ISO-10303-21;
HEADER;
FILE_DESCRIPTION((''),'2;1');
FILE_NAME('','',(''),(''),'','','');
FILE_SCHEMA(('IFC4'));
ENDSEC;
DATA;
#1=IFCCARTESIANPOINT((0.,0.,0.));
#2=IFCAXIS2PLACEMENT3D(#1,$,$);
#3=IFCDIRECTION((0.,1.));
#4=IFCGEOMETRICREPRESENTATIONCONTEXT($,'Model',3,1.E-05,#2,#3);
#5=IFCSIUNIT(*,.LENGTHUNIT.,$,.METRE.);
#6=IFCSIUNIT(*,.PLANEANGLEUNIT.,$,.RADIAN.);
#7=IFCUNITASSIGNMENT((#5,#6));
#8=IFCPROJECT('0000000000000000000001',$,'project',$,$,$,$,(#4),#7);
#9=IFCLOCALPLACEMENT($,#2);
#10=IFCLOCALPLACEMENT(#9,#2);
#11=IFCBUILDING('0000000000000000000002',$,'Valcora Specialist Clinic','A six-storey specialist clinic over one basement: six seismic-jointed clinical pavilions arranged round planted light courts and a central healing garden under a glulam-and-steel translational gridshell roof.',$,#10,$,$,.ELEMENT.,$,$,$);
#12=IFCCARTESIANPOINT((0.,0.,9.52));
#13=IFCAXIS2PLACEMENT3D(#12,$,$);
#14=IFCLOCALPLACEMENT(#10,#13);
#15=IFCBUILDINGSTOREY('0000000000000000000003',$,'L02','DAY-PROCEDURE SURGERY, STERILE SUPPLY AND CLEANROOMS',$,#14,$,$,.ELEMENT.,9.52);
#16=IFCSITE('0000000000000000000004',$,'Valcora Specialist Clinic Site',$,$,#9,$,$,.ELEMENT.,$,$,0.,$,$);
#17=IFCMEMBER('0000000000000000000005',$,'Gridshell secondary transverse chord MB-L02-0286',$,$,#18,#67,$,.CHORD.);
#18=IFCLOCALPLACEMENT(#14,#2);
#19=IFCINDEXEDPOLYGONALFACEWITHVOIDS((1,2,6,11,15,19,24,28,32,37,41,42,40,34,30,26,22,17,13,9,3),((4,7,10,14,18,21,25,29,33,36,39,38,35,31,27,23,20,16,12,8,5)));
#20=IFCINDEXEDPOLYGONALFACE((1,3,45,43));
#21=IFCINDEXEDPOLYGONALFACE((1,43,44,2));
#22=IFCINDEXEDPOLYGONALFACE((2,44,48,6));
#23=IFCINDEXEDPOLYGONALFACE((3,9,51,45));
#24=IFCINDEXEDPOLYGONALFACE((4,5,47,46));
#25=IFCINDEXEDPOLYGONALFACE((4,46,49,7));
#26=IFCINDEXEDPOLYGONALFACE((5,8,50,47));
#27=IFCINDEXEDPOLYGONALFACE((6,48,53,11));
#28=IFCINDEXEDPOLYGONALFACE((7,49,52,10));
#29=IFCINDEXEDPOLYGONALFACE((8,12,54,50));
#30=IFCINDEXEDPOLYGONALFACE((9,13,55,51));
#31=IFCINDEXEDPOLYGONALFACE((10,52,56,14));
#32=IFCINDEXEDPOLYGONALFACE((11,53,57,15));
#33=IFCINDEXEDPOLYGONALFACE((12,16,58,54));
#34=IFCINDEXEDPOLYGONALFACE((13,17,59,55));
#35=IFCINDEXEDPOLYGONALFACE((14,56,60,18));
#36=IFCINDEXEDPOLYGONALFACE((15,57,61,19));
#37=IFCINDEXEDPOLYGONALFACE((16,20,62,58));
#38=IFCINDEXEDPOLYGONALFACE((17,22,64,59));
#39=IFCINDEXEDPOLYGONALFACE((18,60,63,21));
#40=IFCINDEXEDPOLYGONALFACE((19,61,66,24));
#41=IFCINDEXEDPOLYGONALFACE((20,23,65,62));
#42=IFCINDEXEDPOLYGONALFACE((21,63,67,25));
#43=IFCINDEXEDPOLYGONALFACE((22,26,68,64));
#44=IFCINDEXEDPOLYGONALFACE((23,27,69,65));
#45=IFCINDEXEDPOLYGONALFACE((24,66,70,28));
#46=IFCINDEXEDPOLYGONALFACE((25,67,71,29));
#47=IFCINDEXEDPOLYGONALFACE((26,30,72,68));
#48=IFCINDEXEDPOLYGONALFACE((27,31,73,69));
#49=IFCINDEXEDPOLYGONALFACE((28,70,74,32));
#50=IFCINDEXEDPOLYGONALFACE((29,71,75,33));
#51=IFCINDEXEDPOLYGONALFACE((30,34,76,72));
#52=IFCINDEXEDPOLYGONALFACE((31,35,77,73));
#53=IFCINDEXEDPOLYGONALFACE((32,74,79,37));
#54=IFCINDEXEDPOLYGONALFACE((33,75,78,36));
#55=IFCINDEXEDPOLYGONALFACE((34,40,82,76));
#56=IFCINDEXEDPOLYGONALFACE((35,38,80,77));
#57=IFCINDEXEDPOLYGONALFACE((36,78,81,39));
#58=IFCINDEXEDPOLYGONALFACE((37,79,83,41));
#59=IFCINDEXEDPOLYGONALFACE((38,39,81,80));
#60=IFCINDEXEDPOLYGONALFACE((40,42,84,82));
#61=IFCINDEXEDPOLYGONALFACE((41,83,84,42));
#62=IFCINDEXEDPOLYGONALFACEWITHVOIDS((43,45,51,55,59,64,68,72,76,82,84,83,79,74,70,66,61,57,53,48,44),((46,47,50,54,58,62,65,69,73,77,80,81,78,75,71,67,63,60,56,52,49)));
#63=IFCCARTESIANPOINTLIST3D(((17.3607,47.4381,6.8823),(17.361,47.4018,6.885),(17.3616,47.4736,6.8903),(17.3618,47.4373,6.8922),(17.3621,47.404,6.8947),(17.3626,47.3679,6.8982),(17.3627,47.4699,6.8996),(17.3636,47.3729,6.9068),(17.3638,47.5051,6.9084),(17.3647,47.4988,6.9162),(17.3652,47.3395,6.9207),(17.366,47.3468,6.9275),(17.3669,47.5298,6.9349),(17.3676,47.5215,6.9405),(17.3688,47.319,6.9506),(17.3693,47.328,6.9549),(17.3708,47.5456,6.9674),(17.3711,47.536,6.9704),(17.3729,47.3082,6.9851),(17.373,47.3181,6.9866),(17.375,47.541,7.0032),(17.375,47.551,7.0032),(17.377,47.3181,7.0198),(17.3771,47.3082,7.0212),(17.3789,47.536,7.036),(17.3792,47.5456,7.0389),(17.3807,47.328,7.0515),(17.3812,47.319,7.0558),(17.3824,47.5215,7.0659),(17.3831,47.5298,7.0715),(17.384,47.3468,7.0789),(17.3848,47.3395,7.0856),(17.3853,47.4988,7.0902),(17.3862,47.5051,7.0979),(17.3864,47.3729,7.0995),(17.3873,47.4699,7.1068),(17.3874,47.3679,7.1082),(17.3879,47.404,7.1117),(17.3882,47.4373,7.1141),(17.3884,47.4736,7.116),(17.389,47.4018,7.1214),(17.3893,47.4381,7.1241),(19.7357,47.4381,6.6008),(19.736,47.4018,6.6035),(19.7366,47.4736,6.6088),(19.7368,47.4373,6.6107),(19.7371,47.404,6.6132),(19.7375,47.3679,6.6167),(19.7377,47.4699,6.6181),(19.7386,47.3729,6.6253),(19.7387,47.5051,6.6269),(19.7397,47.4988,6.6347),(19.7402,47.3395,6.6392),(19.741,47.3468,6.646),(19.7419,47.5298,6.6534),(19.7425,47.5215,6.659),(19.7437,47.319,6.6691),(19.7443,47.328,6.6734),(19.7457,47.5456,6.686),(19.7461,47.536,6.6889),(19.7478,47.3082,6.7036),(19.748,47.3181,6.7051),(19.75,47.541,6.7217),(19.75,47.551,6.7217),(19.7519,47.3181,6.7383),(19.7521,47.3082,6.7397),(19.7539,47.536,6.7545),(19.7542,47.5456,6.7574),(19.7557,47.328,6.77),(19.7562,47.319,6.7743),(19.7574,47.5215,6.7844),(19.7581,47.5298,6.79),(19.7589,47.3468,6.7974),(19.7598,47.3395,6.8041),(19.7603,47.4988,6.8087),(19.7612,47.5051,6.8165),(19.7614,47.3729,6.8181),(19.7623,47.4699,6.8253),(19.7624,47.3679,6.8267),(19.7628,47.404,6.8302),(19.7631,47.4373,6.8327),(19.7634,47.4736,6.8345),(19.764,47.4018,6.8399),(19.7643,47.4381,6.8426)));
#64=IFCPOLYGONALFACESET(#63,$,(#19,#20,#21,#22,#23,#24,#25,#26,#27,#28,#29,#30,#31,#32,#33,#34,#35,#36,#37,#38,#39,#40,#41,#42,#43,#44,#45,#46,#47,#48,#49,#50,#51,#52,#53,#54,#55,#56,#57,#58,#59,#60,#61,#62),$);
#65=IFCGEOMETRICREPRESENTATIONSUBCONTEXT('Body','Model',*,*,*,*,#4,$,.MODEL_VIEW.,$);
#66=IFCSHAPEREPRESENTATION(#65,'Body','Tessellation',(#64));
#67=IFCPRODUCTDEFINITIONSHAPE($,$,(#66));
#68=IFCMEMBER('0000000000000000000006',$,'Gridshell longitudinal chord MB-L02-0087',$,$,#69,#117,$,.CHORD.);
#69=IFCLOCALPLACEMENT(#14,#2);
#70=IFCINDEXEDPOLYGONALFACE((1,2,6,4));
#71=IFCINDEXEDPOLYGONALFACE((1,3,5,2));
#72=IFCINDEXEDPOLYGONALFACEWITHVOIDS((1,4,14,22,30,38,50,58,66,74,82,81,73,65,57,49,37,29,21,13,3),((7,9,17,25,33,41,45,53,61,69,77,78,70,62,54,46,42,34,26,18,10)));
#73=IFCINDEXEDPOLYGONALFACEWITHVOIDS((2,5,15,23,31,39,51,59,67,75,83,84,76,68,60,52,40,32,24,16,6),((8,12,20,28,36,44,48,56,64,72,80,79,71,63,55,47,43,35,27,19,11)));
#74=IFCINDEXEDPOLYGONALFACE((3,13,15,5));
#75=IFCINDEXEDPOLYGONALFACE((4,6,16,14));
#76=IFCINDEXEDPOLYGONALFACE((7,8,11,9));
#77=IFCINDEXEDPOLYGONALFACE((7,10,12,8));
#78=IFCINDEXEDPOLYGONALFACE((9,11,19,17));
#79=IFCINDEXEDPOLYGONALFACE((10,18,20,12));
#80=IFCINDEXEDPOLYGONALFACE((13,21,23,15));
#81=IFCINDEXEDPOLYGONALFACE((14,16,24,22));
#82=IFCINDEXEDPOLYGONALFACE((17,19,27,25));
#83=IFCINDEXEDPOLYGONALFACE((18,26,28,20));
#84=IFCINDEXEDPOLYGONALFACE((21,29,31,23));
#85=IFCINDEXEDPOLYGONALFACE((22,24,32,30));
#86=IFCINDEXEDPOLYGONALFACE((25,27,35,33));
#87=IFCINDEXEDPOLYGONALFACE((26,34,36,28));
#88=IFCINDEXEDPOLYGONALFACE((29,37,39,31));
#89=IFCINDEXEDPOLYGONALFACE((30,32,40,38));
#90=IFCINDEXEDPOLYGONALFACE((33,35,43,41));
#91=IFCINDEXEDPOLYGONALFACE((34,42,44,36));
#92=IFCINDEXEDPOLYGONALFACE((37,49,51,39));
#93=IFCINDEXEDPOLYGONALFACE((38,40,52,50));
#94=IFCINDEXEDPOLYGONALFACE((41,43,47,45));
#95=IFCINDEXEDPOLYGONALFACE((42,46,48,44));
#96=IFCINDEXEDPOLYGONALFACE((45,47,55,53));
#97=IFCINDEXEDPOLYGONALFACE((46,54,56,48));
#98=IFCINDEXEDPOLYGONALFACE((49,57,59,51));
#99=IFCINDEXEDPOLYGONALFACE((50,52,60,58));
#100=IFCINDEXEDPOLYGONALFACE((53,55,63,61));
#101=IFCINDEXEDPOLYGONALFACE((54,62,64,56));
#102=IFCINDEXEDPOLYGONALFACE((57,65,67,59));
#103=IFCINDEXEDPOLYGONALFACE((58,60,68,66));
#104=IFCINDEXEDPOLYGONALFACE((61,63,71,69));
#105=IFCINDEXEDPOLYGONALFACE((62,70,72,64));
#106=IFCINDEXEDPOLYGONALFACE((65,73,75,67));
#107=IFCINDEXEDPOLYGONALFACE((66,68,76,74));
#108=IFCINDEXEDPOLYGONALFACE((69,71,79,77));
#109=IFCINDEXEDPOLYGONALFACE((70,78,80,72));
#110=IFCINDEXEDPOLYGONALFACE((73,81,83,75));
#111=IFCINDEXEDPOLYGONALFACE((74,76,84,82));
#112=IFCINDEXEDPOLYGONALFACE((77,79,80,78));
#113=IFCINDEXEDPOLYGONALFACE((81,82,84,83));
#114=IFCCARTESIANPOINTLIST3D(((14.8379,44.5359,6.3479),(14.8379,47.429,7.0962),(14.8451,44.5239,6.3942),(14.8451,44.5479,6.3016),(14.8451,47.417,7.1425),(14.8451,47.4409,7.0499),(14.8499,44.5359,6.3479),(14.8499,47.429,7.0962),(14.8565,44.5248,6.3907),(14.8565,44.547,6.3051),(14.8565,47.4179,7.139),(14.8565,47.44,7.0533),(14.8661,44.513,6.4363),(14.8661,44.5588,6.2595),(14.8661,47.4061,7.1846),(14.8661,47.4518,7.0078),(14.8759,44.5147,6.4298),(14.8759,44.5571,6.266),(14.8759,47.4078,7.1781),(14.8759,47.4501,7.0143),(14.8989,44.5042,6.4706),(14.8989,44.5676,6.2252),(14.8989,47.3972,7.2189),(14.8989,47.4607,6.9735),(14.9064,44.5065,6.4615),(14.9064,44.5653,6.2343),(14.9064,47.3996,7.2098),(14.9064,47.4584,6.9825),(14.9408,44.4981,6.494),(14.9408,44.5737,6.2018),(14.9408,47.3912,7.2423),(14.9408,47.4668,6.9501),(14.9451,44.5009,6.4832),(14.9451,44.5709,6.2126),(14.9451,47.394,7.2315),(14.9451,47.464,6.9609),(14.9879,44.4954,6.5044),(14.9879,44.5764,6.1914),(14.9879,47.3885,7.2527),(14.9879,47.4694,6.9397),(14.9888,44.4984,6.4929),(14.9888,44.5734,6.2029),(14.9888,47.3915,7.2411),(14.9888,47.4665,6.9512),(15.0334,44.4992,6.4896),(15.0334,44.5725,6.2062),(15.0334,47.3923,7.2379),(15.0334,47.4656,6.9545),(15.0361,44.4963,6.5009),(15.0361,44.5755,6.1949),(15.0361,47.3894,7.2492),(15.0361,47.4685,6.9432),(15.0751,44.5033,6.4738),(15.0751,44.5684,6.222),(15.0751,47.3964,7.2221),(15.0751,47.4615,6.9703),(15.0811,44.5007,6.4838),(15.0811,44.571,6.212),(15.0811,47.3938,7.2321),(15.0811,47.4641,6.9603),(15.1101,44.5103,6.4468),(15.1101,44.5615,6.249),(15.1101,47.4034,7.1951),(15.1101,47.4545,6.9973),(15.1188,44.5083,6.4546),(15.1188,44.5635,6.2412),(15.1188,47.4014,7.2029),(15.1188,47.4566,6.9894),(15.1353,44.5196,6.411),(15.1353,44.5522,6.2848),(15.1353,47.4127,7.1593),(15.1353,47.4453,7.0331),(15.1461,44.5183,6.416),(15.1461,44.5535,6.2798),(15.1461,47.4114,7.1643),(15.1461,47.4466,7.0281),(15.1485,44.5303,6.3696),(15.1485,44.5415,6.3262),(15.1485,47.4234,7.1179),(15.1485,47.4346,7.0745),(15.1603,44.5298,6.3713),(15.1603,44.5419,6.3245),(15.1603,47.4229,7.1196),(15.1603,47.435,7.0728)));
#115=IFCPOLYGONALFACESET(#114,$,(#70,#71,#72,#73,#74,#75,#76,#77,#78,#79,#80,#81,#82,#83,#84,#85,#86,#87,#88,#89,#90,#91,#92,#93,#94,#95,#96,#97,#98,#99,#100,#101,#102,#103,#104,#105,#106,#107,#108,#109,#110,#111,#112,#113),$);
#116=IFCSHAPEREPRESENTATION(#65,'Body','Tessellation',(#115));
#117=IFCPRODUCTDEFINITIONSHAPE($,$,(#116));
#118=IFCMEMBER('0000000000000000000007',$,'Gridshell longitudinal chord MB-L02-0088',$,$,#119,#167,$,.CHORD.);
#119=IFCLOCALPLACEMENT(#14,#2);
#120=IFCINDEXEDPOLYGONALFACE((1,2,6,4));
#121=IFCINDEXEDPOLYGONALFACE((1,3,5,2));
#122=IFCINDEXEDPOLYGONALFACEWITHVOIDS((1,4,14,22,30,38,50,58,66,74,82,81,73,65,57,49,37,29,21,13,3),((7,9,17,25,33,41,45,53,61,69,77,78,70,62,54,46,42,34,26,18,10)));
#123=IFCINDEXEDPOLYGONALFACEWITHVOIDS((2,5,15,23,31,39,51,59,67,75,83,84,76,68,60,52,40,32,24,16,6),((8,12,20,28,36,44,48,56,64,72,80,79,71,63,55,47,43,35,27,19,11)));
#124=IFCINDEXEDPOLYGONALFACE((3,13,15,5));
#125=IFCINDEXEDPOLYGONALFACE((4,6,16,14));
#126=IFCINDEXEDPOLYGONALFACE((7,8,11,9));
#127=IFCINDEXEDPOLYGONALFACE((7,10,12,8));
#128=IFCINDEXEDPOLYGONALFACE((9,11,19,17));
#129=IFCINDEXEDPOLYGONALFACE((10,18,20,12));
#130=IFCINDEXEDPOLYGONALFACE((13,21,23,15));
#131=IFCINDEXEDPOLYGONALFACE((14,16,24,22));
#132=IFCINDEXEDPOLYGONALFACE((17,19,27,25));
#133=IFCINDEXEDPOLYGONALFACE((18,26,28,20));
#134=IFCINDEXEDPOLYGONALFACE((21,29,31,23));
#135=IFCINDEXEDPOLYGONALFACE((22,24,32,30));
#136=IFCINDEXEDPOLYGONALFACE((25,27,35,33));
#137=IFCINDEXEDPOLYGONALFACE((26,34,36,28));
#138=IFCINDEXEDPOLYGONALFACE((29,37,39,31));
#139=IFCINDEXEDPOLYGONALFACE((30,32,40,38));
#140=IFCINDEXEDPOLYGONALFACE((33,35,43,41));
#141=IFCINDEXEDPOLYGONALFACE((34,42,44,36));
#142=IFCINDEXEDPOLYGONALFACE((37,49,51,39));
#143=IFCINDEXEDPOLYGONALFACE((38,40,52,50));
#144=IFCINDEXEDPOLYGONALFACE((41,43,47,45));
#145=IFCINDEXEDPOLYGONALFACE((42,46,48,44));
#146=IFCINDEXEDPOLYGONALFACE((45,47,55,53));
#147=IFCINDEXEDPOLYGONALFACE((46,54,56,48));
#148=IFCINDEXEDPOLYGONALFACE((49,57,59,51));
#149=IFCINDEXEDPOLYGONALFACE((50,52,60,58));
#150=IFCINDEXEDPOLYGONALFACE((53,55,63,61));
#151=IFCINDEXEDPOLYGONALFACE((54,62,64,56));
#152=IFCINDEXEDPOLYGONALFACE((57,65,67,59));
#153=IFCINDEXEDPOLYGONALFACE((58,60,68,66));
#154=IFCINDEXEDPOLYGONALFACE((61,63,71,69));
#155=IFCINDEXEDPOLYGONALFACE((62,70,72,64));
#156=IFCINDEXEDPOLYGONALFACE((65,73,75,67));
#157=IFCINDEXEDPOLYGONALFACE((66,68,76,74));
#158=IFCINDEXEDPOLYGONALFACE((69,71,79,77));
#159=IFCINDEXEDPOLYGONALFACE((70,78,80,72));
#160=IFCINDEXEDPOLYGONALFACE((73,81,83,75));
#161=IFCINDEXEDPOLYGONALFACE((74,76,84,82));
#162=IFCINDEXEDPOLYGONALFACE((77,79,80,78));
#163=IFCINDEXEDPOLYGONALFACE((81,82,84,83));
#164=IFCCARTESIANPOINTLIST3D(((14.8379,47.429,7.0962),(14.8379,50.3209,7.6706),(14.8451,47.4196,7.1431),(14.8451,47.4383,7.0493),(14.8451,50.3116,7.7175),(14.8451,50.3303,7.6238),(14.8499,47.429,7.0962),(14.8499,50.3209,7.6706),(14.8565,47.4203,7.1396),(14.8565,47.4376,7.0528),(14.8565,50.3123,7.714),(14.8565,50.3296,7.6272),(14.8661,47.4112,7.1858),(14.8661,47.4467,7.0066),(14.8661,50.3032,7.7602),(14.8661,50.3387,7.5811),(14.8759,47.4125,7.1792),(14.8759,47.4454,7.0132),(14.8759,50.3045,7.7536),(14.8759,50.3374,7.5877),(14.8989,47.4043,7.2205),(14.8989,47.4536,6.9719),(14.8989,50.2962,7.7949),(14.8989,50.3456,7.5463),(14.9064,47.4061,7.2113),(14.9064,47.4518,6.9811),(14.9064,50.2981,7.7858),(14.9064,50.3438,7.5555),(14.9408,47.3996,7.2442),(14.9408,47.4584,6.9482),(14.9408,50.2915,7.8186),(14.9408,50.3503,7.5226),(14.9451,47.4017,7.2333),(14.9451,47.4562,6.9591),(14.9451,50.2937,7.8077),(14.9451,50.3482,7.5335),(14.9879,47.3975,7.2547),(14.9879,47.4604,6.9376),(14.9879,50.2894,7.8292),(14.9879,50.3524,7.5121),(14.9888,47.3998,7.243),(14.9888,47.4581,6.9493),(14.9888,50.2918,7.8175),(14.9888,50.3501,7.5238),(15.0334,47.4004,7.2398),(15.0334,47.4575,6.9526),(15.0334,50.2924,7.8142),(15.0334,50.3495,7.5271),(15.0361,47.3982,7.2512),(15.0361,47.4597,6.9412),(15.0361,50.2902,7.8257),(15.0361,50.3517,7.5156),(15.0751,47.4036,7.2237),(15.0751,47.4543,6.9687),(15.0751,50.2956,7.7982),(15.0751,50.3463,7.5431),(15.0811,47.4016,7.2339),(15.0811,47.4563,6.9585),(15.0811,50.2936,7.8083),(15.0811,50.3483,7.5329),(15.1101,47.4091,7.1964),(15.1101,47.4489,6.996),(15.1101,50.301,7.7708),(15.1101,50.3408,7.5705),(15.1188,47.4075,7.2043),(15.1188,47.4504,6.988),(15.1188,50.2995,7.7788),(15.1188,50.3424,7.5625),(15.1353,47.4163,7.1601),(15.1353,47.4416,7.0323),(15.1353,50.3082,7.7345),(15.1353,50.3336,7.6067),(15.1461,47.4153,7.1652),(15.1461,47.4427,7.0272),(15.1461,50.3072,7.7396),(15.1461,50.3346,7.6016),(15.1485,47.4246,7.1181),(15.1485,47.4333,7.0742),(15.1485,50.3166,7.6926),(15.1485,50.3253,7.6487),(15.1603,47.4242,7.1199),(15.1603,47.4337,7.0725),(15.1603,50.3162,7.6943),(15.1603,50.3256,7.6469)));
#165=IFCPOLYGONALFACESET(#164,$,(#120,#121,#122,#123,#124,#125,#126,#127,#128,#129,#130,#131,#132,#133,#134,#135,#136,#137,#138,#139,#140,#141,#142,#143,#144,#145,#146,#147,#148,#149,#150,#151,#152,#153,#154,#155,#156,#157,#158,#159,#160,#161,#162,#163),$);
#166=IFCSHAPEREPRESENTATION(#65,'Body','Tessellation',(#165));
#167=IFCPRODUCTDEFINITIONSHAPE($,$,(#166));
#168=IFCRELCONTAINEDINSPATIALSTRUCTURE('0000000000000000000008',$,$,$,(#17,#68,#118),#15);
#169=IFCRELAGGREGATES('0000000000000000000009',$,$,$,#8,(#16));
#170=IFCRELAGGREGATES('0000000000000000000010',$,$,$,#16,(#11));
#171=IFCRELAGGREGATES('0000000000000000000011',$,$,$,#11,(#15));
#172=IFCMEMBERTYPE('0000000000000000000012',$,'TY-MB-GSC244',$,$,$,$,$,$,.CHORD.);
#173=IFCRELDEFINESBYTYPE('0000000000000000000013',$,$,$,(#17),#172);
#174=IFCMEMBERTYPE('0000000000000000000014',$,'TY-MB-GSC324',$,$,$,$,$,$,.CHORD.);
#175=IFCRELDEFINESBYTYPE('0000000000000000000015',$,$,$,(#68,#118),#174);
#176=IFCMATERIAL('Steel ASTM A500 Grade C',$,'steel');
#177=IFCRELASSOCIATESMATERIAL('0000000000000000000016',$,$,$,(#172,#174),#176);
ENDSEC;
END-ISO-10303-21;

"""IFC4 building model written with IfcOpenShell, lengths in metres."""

from ifc_helpers import new_model, si_unit, direction, frame, origin, origin_2d, place, context, subcontext, project, spatial, hollow_circle, extrude, material, material_profile, profile_set, type_object, element, save


model = new_model("IFC4")

# Units and contexts
model_context = context("Model", 3, precision=1e-05, world=origin(), true_north=direction((0.0, 1.0)))
body_context = subcontext(model_context, "Body", "Model", "MODEL_VIEW")
ifc_project = project(units=[si_unit("LENGTHUNIT", "METRE"), si_unit("PLANEANGLEUNIT", "RADIAN")], contexts=[model_context])

# Site, building, storey
site_placement = place(None, origin())
site = spatial("IfcSite", under=ifc_project, at=site_placement, Name="Valcora Specialist Clinic Site", CompositionType="ELEMENT", RefElevation=0.0)
building_placement = place(site_placement, origin())
building = spatial("IfcBuilding", under=site, at=building_placement, Name="Valcora Specialist Clinic", Description="A six-storey specialist clinic over one basement: six seismic-jointed clinical pavilions arranged round planted light courts and a central healing garden under a glulam-and-steel translational gridshell roof.", CompositionType="ELEMENT")
storey_placement = place(building_placement, frame((0.0, 0.0, 9.52)))
storey = spatial("IfcBuildingStorey", under=building, at=storey_placement, Name="L02", Description="DAY-PROCEDURE SURGERY, STERILE SUPPLY AND CLEANROOMS", CompositionType="ELEMENT", Elevation=9.52)

# Members
ifc_material_1 = material(Name="Steel ASTM A500 Grade C", Category="steel")
ifc_material_profile_1 = material_profile(ifc_material_1, hollow_circle(Radius=0.1221, WallThickness=0.01, at=origin_2d()), Name="ST-CHS-244X10")
ifc_profile_set_1 = profile_set([ifc_material_profile_1], Name="Steel ASTM A500 Grade C")
member_type_1 = type_object("IfcMemberType", Name="TY-MB-GSC244", PredefinedType="CHORD", material=ifc_profile_set_1)
member_1_placement = place(storey_placement, frame((17.375, 47.429, 7.0032), z_axis=(0.993049, 0.0, -0.1177), x_axis=(0.0, 1.0, 0.0)))
element("IfcMember", 1, at=member_1_placement, inside=storey, type_object=member_type_1, Name="Gridshell secondary transverse chord MB-L02-0286", PredefinedType="CHORD", context=body_context, shape_type="SweptSolid", body=[
    extrude(hollow_circle(Radius=0.1221, WallThickness=0.01, at=origin_2d()), origin(), (0.0, 0.0, 1.0), 2.3916),
])
ifc_material_profile_2 = material_profile(ifc_material_1, hollow_circle(Radius=0.1621, WallThickness=0.012, at=origin_2d()), Name="ST-CHS-324X12")
ifc_profile_set_2 = profile_set([ifc_material_profile_2], Name="Steel ASTM A500 Grade C")
member_type_2 = type_object("IfcMemberType", Name="TY-MB-GSC324", PredefinedType="CHORD", material=ifc_profile_set_2)
member_2_placement = place(storey_placement, frame((15.0, 44.5359, 6.3479), z_axis=(0.0, 0.96814, 0.250409), x_axis=(-1.0, 0.0, 0.0)))
element("IfcMember", 2, at=member_2_placement, inside=storey, type_object=member_type_2, Name="Gridshell longitudinal chord MB-L02-0087", PredefinedType="CHORD", context=body_context, shape_type="SweptSolid", body=[
    extrude(hollow_circle(Radius=0.1621, WallThickness=0.012, at=origin_2d()), origin(), (0.0, 0.0, 1.0), 2.9883),
])
member_3_placement = place(storey_placement, frame((15.0, 47.429, 7.0962), z_axis=(0.0, 0.980838, 0.194826), x_axis=(-1.0, 0.0, 0.0)))
element("IfcMember", 3, at=member_3_placement, inside=storey, type_object=member_type_2, Name="Gridshell longitudinal chord MB-L02-0088", PredefinedType="CHORD", context=body_context, shape_type="SweptSolid", body=[
    extrude(hollow_circle(Radius=0.1621, WallThickness=0.012, at=origin_2d()), origin(), (0.0, 0.0, 1.0), 2.9485),
])

save(model, "model.ifc")
